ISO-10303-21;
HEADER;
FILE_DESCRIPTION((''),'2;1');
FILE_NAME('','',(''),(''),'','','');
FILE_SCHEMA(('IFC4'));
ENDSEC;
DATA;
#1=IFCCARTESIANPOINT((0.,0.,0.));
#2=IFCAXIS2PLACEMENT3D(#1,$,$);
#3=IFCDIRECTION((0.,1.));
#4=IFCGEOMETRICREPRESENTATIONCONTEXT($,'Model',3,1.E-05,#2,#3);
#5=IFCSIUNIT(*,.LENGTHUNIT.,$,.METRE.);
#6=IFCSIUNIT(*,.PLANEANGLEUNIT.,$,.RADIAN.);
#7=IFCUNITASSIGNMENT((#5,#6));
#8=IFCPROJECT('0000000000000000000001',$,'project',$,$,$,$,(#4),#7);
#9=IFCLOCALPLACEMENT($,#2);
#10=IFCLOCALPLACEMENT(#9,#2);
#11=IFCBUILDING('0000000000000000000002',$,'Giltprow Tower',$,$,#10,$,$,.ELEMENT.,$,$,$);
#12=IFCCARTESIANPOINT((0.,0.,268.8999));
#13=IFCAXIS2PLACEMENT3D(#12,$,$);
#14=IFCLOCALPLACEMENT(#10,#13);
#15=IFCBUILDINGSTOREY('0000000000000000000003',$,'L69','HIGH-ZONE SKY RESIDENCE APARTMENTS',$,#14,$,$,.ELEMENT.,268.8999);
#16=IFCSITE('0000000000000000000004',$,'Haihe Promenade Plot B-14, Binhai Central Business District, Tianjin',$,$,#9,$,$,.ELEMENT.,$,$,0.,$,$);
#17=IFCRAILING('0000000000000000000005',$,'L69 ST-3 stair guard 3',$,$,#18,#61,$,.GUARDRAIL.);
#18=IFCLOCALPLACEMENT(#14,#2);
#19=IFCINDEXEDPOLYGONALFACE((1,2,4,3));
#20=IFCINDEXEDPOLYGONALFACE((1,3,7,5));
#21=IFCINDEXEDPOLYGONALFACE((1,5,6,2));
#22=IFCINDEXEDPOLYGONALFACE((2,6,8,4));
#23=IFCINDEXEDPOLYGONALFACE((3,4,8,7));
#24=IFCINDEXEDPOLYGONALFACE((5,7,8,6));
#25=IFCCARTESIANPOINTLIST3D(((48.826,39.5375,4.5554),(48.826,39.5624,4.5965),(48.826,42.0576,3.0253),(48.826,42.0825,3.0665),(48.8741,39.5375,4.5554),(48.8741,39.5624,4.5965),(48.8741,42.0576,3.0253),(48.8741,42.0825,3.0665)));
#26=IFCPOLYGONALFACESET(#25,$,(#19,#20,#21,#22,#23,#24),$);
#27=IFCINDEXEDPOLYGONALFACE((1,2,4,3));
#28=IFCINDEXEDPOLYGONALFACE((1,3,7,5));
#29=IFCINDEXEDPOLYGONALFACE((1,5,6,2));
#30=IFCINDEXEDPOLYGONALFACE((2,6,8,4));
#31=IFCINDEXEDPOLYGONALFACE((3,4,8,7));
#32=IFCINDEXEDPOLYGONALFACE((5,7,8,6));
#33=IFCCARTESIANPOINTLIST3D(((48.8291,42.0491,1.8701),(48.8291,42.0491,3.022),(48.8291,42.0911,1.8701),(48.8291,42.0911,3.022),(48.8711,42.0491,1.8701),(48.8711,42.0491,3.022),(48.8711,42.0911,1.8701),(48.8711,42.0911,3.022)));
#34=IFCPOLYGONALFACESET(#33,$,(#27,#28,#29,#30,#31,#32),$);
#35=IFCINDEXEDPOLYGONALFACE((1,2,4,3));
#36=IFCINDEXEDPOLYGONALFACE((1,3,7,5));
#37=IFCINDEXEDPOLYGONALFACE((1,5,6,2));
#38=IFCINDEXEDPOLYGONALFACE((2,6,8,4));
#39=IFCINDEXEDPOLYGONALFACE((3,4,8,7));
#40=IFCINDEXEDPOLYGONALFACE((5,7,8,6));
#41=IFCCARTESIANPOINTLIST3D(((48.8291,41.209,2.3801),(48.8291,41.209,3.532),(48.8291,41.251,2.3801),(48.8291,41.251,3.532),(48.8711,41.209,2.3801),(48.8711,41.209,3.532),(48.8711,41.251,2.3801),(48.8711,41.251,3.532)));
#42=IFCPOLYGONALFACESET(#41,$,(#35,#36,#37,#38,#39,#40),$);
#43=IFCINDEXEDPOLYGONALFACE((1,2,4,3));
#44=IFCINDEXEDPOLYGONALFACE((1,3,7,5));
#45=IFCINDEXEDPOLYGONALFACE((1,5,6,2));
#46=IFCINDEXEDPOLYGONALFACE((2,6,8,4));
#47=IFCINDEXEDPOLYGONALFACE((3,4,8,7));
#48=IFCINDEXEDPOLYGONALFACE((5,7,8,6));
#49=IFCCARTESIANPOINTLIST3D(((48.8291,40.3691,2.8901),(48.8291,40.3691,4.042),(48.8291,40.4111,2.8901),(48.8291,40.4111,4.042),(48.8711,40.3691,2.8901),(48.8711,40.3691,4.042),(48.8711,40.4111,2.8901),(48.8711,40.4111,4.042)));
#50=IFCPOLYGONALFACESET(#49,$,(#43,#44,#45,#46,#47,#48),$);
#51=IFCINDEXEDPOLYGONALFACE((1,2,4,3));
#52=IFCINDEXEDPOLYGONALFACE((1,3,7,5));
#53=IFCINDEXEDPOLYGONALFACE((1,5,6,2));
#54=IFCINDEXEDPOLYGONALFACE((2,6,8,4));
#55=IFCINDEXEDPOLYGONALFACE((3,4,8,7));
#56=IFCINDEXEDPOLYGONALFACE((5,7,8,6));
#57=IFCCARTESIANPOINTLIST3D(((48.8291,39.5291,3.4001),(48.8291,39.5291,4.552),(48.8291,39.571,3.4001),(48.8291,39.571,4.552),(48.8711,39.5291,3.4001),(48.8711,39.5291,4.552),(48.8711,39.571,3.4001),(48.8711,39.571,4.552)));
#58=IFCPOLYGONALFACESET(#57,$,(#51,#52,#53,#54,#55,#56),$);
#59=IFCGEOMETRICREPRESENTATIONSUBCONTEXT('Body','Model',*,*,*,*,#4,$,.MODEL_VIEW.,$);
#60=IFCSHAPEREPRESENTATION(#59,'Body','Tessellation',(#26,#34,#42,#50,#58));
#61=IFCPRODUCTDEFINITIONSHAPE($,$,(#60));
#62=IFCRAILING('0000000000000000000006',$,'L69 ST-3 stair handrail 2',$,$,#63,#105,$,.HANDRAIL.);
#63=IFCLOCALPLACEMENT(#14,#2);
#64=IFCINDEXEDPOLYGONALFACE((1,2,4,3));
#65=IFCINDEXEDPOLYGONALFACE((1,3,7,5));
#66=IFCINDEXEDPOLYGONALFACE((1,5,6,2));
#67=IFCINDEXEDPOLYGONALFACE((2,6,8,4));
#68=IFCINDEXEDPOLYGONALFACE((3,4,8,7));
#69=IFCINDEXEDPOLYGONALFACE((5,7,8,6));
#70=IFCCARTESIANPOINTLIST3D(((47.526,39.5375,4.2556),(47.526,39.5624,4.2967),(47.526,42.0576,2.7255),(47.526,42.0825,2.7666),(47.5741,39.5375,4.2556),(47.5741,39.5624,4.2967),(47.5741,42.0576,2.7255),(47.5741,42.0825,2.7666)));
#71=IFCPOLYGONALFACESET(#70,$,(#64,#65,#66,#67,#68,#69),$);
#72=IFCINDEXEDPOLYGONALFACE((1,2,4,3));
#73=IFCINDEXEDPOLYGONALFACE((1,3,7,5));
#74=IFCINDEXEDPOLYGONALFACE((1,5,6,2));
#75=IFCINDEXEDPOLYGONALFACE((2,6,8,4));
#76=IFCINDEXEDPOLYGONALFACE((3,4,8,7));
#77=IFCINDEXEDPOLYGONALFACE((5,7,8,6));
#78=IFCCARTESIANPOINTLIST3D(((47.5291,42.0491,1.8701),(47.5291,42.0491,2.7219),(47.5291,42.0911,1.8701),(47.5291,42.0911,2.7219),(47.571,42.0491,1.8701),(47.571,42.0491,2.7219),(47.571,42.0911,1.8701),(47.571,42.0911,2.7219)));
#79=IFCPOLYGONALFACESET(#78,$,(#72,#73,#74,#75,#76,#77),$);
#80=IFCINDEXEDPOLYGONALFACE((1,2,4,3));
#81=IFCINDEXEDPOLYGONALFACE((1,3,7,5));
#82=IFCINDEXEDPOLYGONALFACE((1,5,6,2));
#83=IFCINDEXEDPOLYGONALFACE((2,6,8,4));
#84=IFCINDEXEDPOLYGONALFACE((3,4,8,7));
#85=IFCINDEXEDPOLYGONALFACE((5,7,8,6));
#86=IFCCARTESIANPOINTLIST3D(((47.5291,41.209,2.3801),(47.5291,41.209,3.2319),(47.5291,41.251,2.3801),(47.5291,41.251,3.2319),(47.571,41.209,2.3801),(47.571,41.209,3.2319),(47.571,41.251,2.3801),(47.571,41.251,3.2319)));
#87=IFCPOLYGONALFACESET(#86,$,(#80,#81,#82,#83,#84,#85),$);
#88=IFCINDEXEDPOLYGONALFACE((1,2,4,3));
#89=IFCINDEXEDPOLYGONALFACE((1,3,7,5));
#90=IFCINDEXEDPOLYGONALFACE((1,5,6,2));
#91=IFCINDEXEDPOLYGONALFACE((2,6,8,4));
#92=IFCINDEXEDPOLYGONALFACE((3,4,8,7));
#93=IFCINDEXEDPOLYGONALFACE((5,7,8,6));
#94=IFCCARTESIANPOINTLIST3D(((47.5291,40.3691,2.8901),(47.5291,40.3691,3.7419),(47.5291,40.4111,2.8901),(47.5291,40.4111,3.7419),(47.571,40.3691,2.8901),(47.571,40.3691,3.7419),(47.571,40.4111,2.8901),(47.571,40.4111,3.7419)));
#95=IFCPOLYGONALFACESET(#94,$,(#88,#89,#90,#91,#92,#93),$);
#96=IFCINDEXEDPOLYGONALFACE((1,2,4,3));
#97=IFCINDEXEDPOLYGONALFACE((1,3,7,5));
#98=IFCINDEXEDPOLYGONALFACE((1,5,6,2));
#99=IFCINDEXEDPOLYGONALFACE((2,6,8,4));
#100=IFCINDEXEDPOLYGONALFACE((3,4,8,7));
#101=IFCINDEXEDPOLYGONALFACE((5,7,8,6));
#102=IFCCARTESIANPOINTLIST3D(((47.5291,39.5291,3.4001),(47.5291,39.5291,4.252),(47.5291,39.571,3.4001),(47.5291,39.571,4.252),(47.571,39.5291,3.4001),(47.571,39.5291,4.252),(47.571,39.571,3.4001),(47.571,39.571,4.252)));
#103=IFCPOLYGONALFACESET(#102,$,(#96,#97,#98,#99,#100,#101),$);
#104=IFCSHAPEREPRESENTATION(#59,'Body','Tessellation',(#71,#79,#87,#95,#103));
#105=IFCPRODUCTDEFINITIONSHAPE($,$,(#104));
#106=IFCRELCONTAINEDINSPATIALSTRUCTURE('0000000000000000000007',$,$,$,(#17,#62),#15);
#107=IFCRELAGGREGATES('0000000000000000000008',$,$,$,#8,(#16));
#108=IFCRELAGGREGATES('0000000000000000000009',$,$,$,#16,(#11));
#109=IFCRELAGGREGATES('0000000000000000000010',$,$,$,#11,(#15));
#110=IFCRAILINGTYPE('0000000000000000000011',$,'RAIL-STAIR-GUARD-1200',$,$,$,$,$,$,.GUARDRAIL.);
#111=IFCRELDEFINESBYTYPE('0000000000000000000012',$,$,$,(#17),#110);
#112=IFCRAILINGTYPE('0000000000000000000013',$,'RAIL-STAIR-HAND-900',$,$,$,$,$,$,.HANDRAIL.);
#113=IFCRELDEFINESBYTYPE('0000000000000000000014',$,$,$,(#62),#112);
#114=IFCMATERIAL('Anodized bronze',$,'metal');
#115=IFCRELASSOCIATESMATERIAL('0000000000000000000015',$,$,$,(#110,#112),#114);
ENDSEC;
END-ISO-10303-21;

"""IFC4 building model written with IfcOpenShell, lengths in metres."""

from ifc_helpers import new_model, si_unit, direction, frame, origin, origin_2d, place, context, subcontext, project, spatial, rectangle, extrude, material, type_object, element, save


model = new_model("IFC4")

# Units and contexts
model_context = context("Model", 3, precision=1e-05, world=origin(), true_north=direction((0.0, 1.0)))
body_context = subcontext(model_context, "Body", "Model", "MODEL_VIEW")
ifc_project = project(units=[si_unit("LENGTHUNIT", "METRE"), si_unit("PLANEANGLEUNIT", "RADIAN")], contexts=[model_context])

# Site, building, storey
site_placement = place(None, origin())
site = spatial("IfcSite", under=ifc_project, at=site_placement, Name="Haihe Promenade Plot B-14, Binhai Central Business District, Tianjin", CompositionType="ELEMENT", RefElevation=0.0)
building_placement = place(site_placement, origin())
building = spatial("IfcBuilding", under=site, at=building_placement, Name="Giltprow Tower", CompositionType="ELEMENT")
storey_placement = place(building_placement, frame((0.0, 0.0, 268.8999)))
storey = spatial("IfcBuildingStorey", under=building, at=storey_placement, Name="L69", Description="HIGH-ZONE SKY RESIDENCE APARTMENTS", CompositionType="ELEMENT", Elevation=268.8999)

# Railings
ifc_material_1 = material(Name="Anodized bronze", Category="metal")
railing_type_1 = type_object("IfcRailingType", Name="RAIL-STAIR-GUARD-1200", PredefinedType="GUARDRAIL", material=ifc_material_1)
railing_1_placement = place(storey_placement, frame((48.8501, 42.0701, 1.8701)))
element("IfcRailing", 1, at=railing_1_placement, inside=storey, type_object=railing_type_1, Name="L69 ST-3 stair guard 3", PredefinedType="GUARDRAIL", context=body_context, shape_type="SweptSolid", body=[
    extrude(rectangle(XDim=0.0481, YDim=0.0481, at=origin_2d()), frame((0.0, 0.0, 1.1758), z_axis=(0.0, -0.854785, 0.518982), x_axis=(1.0, 0.0, 0.0)), (0.0, 0.0, 1.0), 2.9482),
    extrude(rectangle(XDim=0.042, YDim=0.042, at=origin_2d()), origin(), (0.0, 0.0, 1.0), 1.1519),
    extrude(rectangle(XDim=0.042, YDim=0.042, at=origin_2d()), frame((0.0, -0.8401, 0.51)), (0.0, 0.0, 1.0), 1.1519),
    extrude(rectangle(XDim=0.042, YDim=0.042, at=origin_2d()), frame((0.0, -1.6799, 1.02)), (0.0, 0.0, 1.0), 1.1519),
    extrude(rectangle(XDim=0.042, YDim=0.042, at=origin_2d()), frame((0.0, -2.52, 1.53)), (0.0, 0.0, 1.0), 1.1519),
])
railing_type_2 = type_object("IfcRailingType", Name="RAIL-STAIR-HAND-900", PredefinedType="HANDRAIL", material=ifc_material_1)
railing_2_placement = place(storey_placement, frame((47.55, 42.0701, 1.8701)))
element("IfcRailing", 2, at=railing_2_placement, inside=storey, type_object=railing_type_2, Name="L69 ST-3 stair handrail 2", PredefinedType="HANDRAIL", context=body_context, shape_type="SweptSolid", body=[
    extrude(rectangle(XDim=0.0481, YDim=0.0481, at=origin_2d()), frame((0.0, 0.0, 0.876), z_axis=(0.0, -0.854785, 0.518982), x_axis=(1.0, 0.0, 0.0)), (0.0, 0.0, 1.0), 2.9482),
    extrude(rectangle(XDim=0.042, YDim=0.042, at=origin_2d()), origin(), (0.0, 0.0, 1.0), 0.8518),
    extrude(rectangle(XDim=0.042, YDim=0.042, at=origin_2d()), frame((0.0, -0.8401, 0.51)), (0.0, 0.0, 1.0), 0.8518),
    extrude(rectangle(XDim=0.042, YDim=0.042, at=origin_2d()), frame((0.0, -1.6799, 1.02)), (0.0, 0.0, 1.0), 0.8518),
    extrude(rectangle(XDim=0.042, YDim=0.042, at=origin_2d()), frame((0.0, -2.52, 1.53)), (0.0, 0.0, 1.0), 0.8518),
])

save(model, "model.ifc")
